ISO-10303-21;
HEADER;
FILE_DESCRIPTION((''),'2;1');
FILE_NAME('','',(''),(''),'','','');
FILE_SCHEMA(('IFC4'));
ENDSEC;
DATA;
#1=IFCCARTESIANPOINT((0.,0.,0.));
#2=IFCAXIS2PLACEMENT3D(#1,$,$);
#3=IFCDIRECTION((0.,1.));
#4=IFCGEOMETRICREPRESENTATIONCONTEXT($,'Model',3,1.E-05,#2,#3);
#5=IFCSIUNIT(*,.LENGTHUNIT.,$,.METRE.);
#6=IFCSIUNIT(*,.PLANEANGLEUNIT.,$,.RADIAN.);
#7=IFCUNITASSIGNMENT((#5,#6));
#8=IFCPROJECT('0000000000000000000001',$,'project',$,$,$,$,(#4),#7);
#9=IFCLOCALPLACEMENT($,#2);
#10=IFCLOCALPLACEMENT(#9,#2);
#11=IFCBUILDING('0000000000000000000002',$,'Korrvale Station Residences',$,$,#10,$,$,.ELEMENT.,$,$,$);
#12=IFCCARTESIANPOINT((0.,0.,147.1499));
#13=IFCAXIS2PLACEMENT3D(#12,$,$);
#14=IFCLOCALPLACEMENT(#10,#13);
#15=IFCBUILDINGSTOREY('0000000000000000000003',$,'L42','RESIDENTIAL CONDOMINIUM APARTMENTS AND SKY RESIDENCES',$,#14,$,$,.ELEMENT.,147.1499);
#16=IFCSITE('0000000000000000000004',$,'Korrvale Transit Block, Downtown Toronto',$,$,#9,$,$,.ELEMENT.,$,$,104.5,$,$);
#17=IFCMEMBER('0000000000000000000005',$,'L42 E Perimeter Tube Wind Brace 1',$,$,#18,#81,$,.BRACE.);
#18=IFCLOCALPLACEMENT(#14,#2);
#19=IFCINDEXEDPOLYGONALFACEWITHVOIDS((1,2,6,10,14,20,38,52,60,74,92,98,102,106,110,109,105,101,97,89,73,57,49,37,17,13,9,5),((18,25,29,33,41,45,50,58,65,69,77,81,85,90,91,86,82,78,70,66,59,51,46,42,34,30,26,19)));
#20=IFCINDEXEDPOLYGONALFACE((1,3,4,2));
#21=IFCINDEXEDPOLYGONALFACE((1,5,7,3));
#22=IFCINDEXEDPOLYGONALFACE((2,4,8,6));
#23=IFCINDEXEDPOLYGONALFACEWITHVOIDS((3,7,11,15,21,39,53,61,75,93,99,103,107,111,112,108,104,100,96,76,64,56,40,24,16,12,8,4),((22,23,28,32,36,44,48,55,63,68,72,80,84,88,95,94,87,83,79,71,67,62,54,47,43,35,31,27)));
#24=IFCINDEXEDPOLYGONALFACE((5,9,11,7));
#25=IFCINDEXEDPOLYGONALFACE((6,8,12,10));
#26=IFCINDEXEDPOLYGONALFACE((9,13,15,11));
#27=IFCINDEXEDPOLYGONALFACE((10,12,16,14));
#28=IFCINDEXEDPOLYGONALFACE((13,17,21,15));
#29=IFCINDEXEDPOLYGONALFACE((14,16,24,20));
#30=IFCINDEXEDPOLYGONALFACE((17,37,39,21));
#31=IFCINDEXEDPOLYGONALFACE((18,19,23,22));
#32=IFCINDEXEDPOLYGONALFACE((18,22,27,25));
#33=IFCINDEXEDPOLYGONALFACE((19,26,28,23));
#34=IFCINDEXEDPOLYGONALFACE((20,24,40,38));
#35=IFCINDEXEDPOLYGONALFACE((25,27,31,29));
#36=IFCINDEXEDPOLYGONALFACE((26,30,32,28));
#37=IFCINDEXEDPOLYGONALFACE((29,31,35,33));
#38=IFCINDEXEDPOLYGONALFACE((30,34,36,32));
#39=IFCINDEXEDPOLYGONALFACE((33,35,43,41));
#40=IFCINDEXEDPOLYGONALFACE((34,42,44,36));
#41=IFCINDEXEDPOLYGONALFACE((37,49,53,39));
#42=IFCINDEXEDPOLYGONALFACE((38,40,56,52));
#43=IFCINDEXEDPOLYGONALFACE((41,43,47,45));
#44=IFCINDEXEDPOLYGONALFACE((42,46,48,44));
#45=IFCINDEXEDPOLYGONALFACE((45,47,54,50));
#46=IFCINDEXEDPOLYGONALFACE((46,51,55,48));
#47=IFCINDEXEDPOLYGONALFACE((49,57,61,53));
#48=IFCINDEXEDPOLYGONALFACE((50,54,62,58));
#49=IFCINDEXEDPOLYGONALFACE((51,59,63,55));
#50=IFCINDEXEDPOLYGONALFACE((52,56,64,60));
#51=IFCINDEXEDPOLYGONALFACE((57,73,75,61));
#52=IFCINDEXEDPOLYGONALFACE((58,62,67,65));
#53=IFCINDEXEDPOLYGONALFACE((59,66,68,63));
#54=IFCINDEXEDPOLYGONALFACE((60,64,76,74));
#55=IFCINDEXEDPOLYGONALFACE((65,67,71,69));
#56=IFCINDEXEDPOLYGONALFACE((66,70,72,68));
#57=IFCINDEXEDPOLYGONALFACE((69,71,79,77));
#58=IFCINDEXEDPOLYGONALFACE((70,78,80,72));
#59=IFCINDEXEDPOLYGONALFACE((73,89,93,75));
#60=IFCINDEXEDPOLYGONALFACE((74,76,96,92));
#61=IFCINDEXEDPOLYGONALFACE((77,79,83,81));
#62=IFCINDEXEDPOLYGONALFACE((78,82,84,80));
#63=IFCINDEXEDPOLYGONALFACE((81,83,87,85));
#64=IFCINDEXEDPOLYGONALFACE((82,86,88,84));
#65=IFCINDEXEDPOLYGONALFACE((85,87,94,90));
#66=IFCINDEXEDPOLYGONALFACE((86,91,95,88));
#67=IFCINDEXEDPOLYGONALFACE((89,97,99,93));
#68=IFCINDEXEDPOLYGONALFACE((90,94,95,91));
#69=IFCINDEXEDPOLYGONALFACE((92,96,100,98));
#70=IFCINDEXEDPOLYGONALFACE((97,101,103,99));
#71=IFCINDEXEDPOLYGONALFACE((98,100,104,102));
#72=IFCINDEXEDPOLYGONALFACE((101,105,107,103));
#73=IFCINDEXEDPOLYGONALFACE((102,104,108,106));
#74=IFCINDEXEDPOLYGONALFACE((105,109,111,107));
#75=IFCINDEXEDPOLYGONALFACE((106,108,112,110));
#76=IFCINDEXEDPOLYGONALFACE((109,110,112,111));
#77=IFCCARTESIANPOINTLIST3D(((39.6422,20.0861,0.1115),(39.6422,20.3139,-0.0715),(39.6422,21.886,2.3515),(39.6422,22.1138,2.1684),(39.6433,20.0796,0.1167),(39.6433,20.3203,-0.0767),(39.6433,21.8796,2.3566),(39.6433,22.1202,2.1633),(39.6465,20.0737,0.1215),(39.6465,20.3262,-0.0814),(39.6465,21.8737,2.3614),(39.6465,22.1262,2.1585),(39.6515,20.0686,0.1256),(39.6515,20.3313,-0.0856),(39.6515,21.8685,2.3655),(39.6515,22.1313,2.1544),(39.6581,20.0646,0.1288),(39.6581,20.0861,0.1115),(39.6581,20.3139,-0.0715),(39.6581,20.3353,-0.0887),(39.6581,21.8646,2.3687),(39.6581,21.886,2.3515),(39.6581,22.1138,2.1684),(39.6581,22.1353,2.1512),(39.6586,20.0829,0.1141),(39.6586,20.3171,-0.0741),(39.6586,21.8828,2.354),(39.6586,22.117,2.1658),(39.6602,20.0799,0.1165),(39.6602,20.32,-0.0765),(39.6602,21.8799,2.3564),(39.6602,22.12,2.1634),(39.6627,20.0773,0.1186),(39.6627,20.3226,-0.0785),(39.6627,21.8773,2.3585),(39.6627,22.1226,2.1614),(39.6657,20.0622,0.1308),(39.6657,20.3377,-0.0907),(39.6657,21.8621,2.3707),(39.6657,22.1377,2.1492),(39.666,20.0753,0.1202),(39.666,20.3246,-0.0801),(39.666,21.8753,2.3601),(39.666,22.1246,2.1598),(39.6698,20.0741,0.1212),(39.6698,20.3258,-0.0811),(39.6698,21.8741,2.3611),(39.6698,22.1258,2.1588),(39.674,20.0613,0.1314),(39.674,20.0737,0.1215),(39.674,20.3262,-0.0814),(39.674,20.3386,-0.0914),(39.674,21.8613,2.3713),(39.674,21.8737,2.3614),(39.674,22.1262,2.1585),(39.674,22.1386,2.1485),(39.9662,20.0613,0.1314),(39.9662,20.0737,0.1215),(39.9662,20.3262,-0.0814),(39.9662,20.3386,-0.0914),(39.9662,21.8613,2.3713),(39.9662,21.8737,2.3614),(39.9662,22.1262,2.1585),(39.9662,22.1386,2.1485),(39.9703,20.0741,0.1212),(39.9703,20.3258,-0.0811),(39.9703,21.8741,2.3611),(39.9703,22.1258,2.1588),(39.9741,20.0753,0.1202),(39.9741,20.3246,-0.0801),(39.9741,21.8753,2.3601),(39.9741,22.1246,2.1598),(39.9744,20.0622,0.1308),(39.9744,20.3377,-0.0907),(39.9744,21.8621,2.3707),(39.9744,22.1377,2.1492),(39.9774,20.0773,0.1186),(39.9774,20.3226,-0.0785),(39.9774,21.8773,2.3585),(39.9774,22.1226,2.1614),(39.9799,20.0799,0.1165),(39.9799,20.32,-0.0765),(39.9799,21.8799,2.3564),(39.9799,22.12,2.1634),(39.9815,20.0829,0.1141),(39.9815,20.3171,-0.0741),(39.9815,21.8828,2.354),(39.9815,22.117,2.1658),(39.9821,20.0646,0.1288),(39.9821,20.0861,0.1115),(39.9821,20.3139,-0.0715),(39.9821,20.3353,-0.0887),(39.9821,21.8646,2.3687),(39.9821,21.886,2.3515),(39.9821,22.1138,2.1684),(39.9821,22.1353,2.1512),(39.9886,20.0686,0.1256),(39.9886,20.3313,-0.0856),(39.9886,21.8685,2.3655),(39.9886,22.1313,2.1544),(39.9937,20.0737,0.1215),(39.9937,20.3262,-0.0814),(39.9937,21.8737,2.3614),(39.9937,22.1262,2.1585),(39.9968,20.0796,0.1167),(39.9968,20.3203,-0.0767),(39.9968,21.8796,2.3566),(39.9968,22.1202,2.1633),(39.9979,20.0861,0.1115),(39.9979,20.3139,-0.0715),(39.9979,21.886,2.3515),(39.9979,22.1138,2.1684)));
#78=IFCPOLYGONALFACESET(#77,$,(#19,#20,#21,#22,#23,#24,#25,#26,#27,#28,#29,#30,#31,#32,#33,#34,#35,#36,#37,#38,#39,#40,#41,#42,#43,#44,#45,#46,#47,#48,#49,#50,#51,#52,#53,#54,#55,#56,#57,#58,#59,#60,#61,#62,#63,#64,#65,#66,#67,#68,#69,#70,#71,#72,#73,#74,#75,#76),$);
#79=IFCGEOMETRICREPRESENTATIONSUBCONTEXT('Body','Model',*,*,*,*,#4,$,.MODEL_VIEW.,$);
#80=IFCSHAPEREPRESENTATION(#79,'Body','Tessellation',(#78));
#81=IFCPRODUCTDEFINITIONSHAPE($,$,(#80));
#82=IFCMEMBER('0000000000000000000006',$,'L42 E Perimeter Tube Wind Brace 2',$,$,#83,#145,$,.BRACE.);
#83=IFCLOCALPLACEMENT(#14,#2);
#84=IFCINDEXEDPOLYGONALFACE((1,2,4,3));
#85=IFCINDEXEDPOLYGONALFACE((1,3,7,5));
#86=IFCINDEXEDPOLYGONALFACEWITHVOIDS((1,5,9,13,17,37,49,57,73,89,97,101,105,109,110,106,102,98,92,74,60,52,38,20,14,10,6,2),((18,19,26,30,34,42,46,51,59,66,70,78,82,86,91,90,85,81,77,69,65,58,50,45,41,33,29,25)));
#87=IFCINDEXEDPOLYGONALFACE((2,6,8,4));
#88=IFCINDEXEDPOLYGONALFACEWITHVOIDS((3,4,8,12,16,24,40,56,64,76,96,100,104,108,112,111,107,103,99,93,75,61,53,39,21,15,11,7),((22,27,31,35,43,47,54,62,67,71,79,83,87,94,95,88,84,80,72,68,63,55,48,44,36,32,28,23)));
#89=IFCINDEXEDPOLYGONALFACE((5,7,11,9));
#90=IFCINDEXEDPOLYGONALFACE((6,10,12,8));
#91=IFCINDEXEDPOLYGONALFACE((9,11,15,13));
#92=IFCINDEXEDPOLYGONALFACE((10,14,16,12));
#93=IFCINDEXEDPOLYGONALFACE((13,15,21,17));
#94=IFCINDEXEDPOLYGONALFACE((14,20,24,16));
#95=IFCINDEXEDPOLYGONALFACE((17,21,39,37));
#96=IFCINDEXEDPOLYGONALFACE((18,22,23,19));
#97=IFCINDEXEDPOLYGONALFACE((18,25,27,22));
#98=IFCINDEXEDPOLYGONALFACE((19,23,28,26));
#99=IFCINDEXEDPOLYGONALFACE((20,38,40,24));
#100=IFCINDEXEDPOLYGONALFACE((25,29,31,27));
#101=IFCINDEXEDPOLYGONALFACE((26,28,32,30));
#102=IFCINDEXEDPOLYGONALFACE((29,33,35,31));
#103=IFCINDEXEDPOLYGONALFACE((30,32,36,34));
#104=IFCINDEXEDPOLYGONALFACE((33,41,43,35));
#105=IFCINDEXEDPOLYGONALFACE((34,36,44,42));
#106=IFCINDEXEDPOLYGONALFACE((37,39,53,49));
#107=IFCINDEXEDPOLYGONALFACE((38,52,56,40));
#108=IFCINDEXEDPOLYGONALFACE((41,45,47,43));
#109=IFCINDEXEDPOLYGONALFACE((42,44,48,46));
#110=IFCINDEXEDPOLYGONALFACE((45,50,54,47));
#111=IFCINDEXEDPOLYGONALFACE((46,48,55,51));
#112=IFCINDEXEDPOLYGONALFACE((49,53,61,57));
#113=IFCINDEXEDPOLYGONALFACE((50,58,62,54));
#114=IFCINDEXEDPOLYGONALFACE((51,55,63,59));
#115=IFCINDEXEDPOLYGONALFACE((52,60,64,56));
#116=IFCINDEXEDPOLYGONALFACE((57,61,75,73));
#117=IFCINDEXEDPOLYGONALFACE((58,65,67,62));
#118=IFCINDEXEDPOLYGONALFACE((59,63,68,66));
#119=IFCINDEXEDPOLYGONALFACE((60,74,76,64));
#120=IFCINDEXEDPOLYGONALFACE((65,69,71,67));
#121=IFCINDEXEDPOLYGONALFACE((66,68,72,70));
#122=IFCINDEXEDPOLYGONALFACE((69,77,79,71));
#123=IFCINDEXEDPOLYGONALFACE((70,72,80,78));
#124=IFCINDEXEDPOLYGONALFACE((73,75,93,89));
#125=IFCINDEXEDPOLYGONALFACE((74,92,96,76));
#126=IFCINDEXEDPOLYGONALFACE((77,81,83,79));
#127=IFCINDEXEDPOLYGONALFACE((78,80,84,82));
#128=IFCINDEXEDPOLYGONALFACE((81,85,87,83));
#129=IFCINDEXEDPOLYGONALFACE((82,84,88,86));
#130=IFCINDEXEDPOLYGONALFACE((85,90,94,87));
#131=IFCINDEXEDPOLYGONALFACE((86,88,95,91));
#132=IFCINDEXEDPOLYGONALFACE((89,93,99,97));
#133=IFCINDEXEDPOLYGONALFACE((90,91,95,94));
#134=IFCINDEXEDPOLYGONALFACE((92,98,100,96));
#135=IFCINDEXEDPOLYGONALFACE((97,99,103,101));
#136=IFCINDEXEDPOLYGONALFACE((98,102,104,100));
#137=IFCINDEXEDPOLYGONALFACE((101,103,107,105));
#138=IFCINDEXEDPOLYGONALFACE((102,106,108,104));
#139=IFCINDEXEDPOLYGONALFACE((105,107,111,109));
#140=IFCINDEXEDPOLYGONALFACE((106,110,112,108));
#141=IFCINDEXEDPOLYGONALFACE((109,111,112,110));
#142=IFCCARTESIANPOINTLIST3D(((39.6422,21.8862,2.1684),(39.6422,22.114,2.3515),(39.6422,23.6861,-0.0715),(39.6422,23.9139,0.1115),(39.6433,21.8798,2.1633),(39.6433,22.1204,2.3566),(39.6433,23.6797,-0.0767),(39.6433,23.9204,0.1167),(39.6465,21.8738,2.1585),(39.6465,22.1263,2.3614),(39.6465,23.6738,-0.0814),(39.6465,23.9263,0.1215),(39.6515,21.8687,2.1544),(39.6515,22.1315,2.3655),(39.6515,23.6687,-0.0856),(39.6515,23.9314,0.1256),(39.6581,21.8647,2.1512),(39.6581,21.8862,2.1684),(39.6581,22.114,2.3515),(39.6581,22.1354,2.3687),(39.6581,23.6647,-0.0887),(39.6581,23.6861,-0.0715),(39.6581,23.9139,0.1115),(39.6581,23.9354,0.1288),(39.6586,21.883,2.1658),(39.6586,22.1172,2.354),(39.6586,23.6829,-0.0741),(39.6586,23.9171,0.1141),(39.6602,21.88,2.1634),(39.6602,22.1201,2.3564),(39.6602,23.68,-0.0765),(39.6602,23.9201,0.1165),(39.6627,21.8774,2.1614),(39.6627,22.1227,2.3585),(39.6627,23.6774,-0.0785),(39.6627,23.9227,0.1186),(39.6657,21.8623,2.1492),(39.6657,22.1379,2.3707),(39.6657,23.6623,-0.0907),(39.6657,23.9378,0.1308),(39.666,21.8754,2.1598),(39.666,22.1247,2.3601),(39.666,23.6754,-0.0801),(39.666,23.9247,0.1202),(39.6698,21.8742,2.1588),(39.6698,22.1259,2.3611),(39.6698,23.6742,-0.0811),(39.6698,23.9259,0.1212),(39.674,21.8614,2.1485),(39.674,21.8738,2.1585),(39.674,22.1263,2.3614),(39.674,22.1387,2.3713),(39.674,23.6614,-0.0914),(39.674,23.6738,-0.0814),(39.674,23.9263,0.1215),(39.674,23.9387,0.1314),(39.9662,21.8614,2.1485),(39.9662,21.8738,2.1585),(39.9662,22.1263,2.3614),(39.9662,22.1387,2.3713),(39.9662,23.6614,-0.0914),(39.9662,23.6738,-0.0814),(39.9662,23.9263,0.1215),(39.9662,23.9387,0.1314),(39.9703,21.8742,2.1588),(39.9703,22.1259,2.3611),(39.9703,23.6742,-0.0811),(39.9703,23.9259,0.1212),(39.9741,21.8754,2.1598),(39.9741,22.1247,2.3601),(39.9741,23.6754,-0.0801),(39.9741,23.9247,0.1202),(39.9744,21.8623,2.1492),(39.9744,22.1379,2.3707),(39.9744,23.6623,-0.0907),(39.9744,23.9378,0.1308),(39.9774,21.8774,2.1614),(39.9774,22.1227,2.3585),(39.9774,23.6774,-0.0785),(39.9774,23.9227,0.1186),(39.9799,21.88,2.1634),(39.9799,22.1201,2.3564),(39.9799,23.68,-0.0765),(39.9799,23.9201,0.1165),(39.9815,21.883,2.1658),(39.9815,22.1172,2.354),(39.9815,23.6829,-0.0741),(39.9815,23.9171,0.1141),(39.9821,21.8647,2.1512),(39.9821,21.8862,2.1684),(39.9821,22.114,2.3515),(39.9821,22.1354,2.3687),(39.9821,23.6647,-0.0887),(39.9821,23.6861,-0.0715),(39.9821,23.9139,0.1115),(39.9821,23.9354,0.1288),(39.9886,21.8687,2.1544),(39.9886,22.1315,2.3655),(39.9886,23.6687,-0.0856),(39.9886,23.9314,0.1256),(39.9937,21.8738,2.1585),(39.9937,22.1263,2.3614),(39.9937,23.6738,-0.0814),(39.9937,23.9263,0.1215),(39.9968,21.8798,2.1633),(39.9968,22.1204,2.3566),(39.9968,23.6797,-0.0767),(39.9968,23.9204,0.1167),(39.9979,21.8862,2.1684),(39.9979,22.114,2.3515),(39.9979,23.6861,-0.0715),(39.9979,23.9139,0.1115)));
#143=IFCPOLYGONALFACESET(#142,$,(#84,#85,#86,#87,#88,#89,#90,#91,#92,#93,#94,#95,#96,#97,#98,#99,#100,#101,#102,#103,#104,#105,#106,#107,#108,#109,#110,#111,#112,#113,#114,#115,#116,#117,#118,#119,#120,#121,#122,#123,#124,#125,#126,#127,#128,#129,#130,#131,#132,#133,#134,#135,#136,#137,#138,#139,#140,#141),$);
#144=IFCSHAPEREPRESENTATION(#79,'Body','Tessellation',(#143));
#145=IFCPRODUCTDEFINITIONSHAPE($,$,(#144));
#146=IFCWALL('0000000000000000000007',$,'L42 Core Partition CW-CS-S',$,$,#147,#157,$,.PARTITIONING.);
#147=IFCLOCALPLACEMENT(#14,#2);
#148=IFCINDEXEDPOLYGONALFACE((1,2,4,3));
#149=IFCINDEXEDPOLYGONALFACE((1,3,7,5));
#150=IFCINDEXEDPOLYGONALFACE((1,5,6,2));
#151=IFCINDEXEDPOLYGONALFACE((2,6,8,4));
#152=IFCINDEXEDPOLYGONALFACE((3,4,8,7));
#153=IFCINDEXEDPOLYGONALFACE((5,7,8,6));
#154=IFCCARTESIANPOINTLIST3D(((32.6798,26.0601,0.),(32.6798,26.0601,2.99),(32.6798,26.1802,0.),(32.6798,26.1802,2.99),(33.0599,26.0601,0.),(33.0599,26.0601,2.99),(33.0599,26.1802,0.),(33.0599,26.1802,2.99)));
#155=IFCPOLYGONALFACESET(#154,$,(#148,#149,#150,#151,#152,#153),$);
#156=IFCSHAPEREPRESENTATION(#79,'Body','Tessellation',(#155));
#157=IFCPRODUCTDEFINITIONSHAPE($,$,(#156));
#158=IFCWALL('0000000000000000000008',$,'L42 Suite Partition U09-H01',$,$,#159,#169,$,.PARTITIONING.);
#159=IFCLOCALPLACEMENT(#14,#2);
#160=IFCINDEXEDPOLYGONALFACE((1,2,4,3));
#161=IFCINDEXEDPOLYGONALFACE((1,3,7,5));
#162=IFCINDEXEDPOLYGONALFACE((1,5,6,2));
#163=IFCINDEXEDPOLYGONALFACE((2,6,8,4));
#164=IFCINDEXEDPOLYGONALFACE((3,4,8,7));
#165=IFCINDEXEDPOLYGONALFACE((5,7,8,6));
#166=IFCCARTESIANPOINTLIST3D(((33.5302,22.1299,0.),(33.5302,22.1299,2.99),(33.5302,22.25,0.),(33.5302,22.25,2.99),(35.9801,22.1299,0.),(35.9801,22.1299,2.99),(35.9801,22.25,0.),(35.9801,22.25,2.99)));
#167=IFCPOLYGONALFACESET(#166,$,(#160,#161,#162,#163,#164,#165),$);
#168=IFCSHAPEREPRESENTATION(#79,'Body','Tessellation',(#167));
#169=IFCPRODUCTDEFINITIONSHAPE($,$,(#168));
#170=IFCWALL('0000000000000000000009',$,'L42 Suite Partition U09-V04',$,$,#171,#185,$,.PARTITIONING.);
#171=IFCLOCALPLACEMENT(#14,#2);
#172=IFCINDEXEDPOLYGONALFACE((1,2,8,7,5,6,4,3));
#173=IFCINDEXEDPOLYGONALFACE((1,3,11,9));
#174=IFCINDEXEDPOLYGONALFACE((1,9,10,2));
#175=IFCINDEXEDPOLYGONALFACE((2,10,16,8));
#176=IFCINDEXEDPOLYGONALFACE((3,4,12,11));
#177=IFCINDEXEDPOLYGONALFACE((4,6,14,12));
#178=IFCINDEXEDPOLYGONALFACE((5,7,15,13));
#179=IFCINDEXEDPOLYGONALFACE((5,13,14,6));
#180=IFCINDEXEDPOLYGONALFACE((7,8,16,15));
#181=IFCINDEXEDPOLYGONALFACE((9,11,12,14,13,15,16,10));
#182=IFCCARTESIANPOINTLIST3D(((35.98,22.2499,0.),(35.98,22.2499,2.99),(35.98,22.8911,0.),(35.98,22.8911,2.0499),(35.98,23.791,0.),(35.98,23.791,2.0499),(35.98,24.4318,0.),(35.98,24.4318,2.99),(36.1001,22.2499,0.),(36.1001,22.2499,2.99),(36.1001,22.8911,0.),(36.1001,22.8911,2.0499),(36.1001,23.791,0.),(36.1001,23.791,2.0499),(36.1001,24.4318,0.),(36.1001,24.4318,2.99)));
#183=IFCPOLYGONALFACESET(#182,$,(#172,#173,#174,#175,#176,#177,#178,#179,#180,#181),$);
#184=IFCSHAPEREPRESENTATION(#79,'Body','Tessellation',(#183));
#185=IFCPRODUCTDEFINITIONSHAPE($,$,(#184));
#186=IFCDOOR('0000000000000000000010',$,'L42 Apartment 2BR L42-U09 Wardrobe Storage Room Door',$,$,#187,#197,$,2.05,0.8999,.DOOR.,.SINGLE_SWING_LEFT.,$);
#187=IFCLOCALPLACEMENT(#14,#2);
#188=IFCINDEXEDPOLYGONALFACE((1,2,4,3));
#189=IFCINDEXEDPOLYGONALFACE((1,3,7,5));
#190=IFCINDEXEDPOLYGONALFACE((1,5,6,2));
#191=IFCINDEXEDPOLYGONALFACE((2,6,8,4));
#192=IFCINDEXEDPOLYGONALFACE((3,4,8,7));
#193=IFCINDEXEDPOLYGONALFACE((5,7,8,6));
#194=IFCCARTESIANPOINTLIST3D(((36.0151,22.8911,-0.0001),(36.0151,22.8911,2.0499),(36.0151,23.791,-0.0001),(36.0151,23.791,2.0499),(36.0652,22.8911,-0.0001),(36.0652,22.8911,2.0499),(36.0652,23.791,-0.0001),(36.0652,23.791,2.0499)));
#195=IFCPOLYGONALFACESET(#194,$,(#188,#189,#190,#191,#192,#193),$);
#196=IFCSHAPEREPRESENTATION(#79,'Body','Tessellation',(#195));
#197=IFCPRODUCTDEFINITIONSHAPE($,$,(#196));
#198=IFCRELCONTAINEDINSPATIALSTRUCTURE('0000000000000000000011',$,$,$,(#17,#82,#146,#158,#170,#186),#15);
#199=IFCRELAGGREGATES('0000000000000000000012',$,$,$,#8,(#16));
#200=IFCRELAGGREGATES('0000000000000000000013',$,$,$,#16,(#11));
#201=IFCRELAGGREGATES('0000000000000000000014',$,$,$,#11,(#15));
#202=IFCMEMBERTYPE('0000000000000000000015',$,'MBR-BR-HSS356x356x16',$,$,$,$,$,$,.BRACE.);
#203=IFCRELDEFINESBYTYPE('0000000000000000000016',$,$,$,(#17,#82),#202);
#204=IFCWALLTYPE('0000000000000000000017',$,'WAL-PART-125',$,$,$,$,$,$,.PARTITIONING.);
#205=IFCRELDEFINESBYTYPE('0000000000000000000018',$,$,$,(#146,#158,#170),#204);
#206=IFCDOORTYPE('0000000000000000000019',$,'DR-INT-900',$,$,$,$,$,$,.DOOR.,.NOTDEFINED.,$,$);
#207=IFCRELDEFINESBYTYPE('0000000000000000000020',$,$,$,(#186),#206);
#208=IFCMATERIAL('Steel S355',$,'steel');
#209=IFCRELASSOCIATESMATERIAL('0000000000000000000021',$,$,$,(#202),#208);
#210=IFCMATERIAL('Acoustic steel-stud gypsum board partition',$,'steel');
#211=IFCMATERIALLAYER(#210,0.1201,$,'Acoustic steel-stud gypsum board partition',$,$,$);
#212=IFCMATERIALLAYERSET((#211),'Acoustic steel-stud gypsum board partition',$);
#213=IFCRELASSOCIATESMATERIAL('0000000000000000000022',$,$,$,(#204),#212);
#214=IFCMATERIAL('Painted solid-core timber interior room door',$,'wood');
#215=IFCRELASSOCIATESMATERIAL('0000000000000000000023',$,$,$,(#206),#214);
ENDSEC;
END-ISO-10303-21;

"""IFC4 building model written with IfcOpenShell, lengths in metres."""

from ifc_helpers import new_model, si_unit, direction, frame, frame_2d, origin, origin_2d, place, context, subcontext, project, spatial, rectangle, hollow_rectangle, extrude, material, layer, layer_set, material_profile, profile_set, type_object, element, fill, save


model = new_model("IFC4")

# Units and contexts
model_context = context("Model", 3, precision=1e-05, world=origin(), true_north=direction((0.0, 1.0)))
body_context = subcontext(model_context, "Body", "Model", "MODEL_VIEW")
ifc_project = project(units=[si_unit("LENGTHUNIT", "METRE"), si_unit("PLANEANGLEUNIT", "RADIAN")], contexts=[model_context])

# Site, building, storey
site_placement = place(None, origin())
site = spatial("IfcSite", under=ifc_project, at=site_placement, Name="Korrvale Transit Block, Downtown Toronto", CompositionType="ELEMENT", RefElevation=104.5)
building_placement = place(site_placement, origin())
building = spatial("IfcBuilding", under=site, at=building_placement, Name="Korrvale Station Residences", CompositionType="ELEMENT")
storey_placement = place(building_placement, frame((0.0, 0.0, 147.1499)))
storey = spatial("IfcBuildingStorey", under=building, at=storey_placement, Name="L42", Description="RESIDENTIAL CONDOMINIUM APARTMENTS AND SKY RESIDENCES", CompositionType="ELEMENT", Elevation=147.1499)

# Shared definitions
ifc_material_1 = material(Name="Steel S355", Category="steel")

# Members
ifc_material_profile_1 = material_profile(ifc_material_1, hollow_rectangle(XDim=0.3557, YDim=0.3557, WallThickness=0.0159, InnerFilletRadius=0.0159, OuterFilletRadius=0.0317, at=origin_2d()), Name="HSS356x356x16")
ifc_profile_set_1 = profile_set([ifc_material_profile_1], Name="Steel S355")
member_type = type_object("IfcMemberType", Name="MBR-BR-HSS356x356x16", PredefinedType="BRACE", material=ifc_profile_set_1)
for number, where, z_axis, x_axis, name in (
    (1, (39.8201, 20.2, 0.02), (0.0, 0.626403, 0.779499), (-1.0, 0.0, 0.0), "L42 E Perimeter Tube Wind Brace 1"),
    (2, (39.8201, 23.8, 0.02), (0.0, -0.626403, 0.779499), (1.0, 0.0, 0.0), "L42 E Perimeter Tube Wind Brace 2"),
):
    element("IfcMember", number, at=place(storey_placement, frame(where, z_axis=z_axis, x_axis=x_axis)), inside=storey, type_object=member_type, Name=name, PredefinedType="BRACE", context=body_context, shape_type="SweptSolid", body=[
        extrude(hollow_rectangle(XDim=0.3557, YDim=0.3557, WallThickness=0.0159, InnerFilletRadius=0.0159, OuterFilletRadius=0.0317, at=origin_2d()), origin(), (0.0, 0.0, 1.0), 2.8735),
    ])

# Walls
ifc_material_2 = material(Name="Acoustic steel-stud gypsum board partition", Category="steel")
ifc_layer_1 = layer(ifc_material_2, 0.1201, Name="Acoustic steel-stud gypsum board partition")
ifc_layer_set_1 = layer_set([ifc_layer_1], Name="Acoustic steel-stud gypsum board partition")
wall_type_1 = type_object("IfcWallType", Name="WAL-PART-125", PredefinedType="PARTITIONING", material=ifc_layer_set_1)
wall_1_placement = place(storey_placement, frame((32.6799, 26.1201, 0.0), z_axis=(0.0, 0.0, 1.0), x_axis=(1.0, 0.0, 0.0)))
element("IfcWall", 3, at=wall_1_placement, inside=storey, type_object=wall_type_1, Name="L42 Core Partition CW-CS-S", PredefinedType="PARTITIONING", context=body_context, shape_type="SweptSolid", body=[
    extrude(rectangle(XDim=0.3801, YDim=0.1201, at=frame_2d((0.1899, 0.0))), origin(), (0.0, 0.0, 1.0), 2.99),
])
wall_2_placement = place(storey_placement, frame((33.53, 22.1899, 0.0), z_axis=(0.0, 0.0, 1.0), x_axis=(1.0, 0.0, 0.0)))
element("IfcWall", 4, at=wall_2_placement, inside=storey, type_object=wall_type_1, Name="L42 Suite Partition U09-H01", PredefinedType="PARTITIONING", context=body_context, shape_type="SweptSolid", body=[
    extrude(rectangle(XDim=2.45, YDim=0.1201, at=frame_2d((1.2251, 0.0))), origin(), (0.0, 0.0, 1.0), 2.99),
])

# Wall, opening, door
wall_3_placement = place(storey_placement, frame((36.04, 22.25, 0.0), z_axis=(0.0, 0.0, 1.0), x_axis=(0.0, 1.0, 0.0)))
wall_3 = element("IfcWall", 5, at=wall_3_placement, inside=storey, type_object=wall_type_1, Name="L42 Suite Partition U09-V04", PredefinedType="PARTITIONING", context=body_context, shape_type="SweptSolid", body=[
    extrude(rectangle(XDim=2.1819, YDim=0.1201, at=frame_2d((1.0908, 0.0))), origin(), (0.0, 0.0, 1.0), 2.99),
])
opening_1_placement = place(wall_3_placement, frame((0.6411, 0.0, 0.0)))
opening_1 = element("IfcOpeningElement", 6, at=opening_1_placement, cuts=wall_3, PredefinedType="OPENING", context=body_context, shape_type="SweptSolid", body=[
    extrude(rectangle(XDim=0.8999, YDim=2.05, at=frame_2d((0.45, 1.0249))), frame((0.0, 0.0701, 0.0), z_axis=(0.0, -1.0, 0.0), x_axis=(1.0, 0.0, 0.0)), (0.0, 0.0, 1.0), 0.1401),
])
ifc_material_3 = material(Name="Painted solid-core timber interior room door", Category="wood")
door_type = type_object("IfcDoorType", Name="DR-INT-900", OperationType="NOTDEFINED", PredefinedType="DOOR", material=ifc_material_3)
door_1_placement = place(opening_1_placement, origin())
door_1 = element("IfcDoor", 7, at=door_1_placement, inside=storey, type_object=door_type, Name="L42 Apartment 2BR L42-U09 Wardrobe Storage Room Door", OperationType="SINGLE_SWING_LEFT", OverallHeight=2.05, OverallWidth=0.8999, PredefinedType="DOOR", context=body_context, shape_type="SweptSolid", body=[
    extrude(rectangle(XDim=0.8999, YDim=2.05, at=frame_2d((0.45, 1.0249))), frame((0.0, 0.0249, 0.0), z_axis=(0.0, -1.0, 0.0), x_axis=(1.0, 0.0, 0.0)), (0.0, 0.0, 1.0), 0.05),
])
fill(opening_1, door_1)

save(model, "model.ifc")
